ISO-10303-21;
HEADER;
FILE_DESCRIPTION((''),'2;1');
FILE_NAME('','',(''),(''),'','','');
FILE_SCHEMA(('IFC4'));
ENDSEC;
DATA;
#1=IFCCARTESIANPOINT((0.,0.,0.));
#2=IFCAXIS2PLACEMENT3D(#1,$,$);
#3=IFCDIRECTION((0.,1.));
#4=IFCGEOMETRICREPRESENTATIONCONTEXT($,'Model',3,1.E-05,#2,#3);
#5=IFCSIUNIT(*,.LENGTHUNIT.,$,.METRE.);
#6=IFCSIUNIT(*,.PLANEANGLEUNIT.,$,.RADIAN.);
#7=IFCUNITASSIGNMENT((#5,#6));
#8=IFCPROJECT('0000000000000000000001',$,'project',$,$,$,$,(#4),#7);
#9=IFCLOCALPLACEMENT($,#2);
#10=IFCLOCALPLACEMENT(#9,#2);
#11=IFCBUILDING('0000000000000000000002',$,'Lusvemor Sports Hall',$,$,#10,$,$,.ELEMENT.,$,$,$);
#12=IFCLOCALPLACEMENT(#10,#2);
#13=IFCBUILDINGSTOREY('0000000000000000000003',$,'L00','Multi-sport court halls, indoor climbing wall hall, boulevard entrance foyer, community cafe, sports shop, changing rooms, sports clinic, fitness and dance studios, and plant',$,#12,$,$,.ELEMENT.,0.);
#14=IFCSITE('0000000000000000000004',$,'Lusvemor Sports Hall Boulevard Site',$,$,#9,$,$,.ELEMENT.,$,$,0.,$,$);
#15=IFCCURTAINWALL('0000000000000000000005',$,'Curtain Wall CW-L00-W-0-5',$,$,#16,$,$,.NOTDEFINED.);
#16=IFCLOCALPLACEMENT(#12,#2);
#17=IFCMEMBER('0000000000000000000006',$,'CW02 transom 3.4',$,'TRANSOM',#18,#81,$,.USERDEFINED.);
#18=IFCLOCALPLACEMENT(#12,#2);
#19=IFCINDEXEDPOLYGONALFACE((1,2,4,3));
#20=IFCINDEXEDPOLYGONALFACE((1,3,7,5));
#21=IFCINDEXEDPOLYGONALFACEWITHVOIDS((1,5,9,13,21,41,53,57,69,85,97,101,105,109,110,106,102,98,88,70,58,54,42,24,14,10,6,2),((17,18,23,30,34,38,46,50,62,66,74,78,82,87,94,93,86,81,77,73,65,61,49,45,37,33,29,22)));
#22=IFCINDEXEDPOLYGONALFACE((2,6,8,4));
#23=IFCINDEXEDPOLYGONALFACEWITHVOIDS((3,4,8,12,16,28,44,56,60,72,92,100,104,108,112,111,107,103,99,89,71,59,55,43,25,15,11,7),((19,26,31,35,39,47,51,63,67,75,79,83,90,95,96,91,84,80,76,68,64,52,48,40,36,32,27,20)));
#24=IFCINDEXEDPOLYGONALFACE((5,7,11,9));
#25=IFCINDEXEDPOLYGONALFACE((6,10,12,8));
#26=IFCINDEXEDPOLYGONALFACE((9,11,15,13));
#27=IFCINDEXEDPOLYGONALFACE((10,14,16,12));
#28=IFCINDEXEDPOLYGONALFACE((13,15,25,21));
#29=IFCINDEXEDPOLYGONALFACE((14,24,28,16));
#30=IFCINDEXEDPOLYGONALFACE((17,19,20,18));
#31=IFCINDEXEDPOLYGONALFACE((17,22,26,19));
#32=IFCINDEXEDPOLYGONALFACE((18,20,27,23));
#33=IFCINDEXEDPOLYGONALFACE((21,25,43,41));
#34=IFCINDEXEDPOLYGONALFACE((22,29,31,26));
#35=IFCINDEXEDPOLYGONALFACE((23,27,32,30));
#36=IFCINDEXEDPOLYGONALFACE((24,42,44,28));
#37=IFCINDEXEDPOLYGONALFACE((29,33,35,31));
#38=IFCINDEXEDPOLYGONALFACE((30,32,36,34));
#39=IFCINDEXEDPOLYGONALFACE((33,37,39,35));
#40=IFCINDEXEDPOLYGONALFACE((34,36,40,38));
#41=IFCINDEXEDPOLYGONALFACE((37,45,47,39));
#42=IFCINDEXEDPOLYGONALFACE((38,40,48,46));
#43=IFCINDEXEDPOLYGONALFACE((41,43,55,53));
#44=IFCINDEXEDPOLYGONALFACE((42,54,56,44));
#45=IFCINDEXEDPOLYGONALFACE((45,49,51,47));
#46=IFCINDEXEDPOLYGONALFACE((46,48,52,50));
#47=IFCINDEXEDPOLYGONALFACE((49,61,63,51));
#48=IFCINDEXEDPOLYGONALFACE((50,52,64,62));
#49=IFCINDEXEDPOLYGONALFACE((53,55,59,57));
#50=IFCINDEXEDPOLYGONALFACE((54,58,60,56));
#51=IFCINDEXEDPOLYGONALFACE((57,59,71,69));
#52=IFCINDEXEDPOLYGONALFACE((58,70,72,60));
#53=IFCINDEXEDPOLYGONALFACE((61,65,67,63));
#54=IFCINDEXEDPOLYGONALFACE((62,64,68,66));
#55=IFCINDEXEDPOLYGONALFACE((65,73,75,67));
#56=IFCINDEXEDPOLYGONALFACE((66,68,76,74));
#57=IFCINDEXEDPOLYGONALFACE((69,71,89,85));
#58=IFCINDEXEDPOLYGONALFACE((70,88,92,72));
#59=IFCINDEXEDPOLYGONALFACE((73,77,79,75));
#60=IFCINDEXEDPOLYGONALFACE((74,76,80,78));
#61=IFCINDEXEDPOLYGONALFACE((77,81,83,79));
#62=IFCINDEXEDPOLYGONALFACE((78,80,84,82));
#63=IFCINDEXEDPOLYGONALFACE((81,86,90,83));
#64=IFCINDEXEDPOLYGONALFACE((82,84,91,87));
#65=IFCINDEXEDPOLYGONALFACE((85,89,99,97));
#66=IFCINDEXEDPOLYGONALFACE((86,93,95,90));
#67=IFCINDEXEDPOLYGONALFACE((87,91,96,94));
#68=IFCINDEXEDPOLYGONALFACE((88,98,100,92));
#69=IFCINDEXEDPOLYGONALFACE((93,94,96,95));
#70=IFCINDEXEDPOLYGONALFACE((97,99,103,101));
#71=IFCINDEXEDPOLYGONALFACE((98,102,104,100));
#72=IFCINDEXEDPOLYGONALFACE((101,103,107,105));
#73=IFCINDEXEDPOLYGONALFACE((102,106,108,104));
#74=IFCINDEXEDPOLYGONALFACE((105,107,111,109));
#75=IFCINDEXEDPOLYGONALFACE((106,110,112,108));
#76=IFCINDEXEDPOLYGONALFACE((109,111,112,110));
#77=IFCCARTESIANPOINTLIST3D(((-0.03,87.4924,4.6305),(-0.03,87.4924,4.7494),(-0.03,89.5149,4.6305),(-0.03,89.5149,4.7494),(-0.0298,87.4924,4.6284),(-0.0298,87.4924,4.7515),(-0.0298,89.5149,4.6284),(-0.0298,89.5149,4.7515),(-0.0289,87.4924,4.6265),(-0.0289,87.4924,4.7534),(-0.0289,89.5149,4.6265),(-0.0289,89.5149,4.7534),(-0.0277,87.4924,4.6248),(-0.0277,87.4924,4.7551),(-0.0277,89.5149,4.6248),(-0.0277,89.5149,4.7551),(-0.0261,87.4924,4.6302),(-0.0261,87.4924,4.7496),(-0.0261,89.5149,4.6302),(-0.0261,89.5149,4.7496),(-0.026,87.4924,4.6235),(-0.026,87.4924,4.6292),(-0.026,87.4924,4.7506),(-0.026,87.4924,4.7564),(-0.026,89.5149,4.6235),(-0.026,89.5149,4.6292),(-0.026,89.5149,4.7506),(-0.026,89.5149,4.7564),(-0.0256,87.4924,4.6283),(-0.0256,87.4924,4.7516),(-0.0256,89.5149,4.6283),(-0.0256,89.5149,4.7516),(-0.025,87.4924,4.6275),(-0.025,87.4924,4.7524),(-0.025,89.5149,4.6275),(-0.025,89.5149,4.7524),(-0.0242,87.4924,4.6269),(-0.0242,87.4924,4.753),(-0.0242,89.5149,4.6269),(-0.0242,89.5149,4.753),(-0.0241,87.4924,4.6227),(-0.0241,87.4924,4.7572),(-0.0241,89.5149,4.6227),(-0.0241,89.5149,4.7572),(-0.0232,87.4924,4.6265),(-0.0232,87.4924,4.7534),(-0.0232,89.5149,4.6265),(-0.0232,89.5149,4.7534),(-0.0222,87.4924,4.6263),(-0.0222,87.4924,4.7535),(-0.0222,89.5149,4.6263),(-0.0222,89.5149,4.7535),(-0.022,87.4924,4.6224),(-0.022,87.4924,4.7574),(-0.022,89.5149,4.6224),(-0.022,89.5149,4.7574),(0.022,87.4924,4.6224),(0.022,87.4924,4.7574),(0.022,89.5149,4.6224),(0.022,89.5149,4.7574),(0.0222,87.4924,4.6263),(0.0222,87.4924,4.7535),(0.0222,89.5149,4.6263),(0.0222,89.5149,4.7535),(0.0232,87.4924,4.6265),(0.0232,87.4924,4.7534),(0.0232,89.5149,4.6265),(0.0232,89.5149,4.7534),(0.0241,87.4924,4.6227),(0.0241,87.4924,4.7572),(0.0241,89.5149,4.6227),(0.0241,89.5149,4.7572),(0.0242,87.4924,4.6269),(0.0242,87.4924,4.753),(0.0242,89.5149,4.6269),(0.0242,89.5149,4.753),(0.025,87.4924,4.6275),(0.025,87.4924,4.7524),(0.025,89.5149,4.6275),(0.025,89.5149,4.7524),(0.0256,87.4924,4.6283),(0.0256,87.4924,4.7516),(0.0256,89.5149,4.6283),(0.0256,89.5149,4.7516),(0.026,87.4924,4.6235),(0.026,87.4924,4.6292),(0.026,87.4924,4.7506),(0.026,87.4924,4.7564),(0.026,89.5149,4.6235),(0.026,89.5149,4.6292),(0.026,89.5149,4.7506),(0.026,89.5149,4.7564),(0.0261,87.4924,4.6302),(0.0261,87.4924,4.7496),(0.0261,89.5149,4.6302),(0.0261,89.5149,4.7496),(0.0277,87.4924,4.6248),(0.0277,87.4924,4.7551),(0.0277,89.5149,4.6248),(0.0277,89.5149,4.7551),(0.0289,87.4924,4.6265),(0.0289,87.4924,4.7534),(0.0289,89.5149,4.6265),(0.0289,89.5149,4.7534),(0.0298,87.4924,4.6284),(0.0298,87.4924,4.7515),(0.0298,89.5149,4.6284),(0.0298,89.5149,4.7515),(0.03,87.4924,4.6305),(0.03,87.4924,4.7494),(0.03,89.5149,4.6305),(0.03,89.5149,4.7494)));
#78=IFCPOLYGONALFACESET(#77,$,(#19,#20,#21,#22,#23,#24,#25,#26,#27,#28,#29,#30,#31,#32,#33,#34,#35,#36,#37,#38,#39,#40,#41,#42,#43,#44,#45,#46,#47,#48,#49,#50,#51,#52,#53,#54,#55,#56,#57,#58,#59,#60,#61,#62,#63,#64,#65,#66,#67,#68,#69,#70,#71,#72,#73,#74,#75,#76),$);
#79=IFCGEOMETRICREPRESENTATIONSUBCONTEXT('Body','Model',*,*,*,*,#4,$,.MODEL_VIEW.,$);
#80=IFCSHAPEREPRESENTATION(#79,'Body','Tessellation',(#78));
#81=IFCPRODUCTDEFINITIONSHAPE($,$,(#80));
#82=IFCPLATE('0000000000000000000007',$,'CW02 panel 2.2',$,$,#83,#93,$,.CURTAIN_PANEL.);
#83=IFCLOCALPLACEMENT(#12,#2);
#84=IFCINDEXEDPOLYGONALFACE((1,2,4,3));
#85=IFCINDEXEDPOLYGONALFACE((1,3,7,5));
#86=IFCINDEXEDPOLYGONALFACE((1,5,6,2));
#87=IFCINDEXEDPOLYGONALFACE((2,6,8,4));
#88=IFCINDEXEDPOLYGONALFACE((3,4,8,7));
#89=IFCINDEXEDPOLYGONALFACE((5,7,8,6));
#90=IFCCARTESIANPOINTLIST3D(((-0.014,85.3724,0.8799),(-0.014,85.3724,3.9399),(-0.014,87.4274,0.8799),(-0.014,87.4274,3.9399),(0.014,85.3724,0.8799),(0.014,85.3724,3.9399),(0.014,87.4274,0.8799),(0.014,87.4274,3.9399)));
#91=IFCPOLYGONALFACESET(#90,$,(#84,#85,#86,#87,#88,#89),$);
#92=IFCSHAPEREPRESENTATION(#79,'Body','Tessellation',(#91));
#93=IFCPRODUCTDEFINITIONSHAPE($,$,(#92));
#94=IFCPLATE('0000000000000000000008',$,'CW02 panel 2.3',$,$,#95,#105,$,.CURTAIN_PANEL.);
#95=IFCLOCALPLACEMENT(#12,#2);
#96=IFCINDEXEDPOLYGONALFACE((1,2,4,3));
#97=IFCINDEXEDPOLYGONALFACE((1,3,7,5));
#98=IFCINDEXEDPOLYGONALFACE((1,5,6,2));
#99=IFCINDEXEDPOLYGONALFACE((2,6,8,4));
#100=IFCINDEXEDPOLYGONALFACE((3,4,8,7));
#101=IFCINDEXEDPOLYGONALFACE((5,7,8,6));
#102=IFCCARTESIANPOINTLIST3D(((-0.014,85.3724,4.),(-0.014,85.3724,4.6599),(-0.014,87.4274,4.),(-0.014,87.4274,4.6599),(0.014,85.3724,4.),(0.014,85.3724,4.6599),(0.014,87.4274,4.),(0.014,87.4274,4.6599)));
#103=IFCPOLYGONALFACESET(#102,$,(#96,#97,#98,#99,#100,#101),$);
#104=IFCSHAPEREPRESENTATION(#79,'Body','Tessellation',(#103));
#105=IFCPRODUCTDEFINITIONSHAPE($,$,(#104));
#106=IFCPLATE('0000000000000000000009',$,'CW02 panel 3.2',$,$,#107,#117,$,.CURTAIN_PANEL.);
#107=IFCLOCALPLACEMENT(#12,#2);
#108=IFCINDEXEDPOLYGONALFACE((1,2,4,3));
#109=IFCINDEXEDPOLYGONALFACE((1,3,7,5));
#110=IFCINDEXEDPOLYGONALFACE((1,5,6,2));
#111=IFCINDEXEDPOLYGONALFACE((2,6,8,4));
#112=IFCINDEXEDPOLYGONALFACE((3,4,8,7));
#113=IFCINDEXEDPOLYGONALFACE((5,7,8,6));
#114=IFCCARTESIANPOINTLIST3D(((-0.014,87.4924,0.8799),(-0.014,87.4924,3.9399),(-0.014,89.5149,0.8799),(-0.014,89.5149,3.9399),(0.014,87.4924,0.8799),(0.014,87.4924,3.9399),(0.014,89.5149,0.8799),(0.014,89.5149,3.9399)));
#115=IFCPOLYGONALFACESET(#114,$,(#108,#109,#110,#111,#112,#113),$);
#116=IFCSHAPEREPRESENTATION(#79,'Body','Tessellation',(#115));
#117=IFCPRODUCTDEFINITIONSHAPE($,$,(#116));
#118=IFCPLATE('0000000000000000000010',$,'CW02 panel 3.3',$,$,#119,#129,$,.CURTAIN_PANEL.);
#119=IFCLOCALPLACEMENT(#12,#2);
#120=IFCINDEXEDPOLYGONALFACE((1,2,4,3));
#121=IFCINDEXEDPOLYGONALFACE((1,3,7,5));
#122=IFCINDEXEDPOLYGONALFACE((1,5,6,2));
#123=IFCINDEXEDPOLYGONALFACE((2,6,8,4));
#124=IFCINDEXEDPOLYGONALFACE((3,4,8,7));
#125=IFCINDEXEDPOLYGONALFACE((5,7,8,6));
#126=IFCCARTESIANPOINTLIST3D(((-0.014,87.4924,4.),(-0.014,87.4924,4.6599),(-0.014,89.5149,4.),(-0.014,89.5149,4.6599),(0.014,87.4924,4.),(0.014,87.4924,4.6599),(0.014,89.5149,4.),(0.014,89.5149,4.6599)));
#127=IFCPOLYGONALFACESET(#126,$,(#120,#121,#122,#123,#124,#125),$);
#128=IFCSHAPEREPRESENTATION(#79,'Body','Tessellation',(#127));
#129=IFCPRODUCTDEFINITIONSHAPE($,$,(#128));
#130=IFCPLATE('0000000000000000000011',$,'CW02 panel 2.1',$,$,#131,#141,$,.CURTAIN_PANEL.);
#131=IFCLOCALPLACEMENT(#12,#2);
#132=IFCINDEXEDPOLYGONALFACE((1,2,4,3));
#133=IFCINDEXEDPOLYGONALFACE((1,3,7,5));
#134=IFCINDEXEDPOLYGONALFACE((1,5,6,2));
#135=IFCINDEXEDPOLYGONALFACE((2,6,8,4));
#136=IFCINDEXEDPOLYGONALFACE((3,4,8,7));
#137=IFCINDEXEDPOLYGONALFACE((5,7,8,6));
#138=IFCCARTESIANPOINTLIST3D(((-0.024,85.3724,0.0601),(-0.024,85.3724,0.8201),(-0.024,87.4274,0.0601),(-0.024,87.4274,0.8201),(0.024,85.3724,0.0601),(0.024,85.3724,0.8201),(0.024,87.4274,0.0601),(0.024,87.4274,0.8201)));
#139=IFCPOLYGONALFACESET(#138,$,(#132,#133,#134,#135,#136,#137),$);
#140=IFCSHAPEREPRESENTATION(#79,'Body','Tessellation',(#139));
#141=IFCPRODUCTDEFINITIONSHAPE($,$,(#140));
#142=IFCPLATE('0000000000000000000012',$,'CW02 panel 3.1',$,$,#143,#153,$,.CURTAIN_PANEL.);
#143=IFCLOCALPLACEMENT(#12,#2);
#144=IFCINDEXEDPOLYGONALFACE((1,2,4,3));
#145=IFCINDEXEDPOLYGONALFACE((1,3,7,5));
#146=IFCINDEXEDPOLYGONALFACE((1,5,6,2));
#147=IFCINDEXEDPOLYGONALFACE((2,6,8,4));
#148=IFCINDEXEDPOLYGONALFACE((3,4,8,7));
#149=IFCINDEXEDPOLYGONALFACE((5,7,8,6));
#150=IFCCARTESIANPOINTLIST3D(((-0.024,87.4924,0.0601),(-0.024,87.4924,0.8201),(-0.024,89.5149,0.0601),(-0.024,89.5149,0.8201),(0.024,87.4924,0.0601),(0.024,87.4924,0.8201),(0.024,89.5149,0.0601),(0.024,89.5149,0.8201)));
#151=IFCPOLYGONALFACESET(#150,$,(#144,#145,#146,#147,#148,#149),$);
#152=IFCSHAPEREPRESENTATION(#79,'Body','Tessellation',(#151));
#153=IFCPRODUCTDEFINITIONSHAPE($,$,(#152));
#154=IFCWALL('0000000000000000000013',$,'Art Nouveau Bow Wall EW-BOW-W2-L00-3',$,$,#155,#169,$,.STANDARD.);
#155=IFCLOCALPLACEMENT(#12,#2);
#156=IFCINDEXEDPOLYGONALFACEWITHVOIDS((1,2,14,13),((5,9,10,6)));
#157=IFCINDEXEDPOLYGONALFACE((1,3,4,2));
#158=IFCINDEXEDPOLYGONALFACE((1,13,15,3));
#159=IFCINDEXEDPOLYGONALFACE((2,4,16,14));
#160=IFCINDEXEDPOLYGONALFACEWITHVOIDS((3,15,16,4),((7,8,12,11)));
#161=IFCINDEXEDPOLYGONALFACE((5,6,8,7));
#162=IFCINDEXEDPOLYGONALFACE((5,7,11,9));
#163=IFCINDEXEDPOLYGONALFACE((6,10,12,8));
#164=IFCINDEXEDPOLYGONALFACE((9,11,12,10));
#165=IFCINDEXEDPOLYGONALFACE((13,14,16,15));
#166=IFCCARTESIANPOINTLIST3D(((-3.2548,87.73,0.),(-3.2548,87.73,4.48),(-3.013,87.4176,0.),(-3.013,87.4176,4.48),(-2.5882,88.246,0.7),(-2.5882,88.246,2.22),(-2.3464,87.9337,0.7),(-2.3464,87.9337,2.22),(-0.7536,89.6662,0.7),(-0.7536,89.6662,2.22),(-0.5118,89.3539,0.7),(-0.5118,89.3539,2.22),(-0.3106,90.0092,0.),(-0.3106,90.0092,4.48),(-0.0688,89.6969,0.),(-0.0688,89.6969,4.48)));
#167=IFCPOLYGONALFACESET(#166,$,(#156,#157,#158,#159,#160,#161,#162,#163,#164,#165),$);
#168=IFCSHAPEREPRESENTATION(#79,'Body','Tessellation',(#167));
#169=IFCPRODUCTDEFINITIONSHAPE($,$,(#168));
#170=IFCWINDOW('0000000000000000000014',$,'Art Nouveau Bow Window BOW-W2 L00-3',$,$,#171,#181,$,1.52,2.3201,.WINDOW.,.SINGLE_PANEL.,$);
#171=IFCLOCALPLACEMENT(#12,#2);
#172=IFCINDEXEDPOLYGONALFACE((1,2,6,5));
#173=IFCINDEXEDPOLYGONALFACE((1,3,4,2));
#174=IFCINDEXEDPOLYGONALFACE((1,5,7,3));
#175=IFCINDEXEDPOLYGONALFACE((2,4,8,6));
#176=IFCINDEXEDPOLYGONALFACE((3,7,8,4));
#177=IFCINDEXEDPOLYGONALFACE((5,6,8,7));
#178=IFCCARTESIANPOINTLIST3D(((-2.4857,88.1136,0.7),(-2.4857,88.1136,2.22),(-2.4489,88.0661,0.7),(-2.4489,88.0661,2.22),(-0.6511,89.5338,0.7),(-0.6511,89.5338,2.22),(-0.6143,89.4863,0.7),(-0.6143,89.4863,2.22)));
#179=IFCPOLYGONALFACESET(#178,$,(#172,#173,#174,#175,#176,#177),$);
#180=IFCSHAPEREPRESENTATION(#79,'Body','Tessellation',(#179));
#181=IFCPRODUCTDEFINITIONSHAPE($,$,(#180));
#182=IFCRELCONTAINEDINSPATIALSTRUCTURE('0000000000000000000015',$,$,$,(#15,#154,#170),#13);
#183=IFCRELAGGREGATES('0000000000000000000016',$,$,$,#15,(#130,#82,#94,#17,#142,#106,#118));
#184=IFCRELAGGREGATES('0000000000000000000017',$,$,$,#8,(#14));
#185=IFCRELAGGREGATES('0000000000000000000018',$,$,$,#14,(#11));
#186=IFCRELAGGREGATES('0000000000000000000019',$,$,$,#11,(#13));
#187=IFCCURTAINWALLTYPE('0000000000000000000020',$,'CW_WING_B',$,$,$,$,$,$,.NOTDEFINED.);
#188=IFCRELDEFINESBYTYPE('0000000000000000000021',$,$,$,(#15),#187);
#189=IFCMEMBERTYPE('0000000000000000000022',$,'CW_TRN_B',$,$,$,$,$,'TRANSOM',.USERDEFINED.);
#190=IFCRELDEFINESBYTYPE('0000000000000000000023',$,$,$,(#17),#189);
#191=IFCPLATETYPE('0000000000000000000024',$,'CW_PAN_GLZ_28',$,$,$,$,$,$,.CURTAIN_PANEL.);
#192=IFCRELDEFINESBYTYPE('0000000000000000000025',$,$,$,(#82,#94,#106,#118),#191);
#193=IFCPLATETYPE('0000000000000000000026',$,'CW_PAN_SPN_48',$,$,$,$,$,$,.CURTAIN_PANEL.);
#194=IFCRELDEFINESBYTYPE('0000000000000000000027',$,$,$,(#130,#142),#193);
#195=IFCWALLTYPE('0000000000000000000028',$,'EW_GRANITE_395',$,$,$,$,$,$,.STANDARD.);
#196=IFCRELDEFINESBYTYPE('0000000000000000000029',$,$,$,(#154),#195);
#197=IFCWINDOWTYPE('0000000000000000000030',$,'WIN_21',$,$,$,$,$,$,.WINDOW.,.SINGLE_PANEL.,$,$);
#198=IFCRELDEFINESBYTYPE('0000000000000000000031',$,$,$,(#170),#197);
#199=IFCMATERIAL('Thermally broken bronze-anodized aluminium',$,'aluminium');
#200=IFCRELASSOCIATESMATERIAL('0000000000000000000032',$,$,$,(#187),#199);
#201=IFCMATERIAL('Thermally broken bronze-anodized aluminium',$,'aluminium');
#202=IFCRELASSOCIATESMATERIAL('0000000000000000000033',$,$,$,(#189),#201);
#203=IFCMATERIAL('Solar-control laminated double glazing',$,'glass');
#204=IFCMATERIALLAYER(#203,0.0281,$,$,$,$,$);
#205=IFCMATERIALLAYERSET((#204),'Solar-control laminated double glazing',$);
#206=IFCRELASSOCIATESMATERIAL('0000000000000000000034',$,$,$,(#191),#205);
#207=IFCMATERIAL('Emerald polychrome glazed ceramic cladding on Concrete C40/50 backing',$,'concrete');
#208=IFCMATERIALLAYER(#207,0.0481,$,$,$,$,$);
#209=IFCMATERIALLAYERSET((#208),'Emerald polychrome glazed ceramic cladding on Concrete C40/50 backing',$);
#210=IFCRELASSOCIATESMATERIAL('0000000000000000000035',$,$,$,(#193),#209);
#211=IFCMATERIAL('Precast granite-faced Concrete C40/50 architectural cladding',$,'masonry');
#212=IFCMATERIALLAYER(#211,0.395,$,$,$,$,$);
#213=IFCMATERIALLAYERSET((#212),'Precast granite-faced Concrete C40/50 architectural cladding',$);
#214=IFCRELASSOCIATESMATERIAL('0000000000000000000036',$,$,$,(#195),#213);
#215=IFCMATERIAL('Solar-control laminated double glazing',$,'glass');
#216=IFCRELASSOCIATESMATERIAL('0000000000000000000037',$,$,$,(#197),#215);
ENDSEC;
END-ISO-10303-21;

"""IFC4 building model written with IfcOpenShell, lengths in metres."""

from ifc_helpers import new_model, si_unit, direction, frame, frame_2d, origin, origin_2d, place, context, subcontext, project, spatial, rectangle, hollow_rectangle, extrude, material, layer, layer_set, material_profile, profile_set, type_object, element, fill, aggregate, save


model = new_model("IFC4")

# Units and contexts
model_context = context("Model", 3, precision=1e-05, world=origin(), true_north=direction((0.0, 1.0)))
body_context = subcontext(model_context, "Body", "Model", "MODEL_VIEW")
ifc_project = project(units=[si_unit("LENGTHUNIT", "METRE"), si_unit("PLANEANGLEUNIT", "RADIAN")], contexts=[model_context])

# Site, building, storey
site_placement = place(None, origin())
site = spatial("IfcSite", under=ifc_project, at=site_placement, Name="Lusvemor Sports Hall Boulevard Site", CompositionType="ELEMENT", RefElevation=0.0)
building_placement = place(site_placement, origin())
building = spatial("IfcBuilding", under=site, at=building_placement, Name="Lusvemor Sports Hall", CompositionType="ELEMENT")
storey_placement = place(building_placement, origin())
storey = spatial("IfcBuildingStorey", under=building, at=storey_placement, Name="L00", Description="Multi-sport court halls, indoor climbing wall hall, boulevard entrance foyer, community cafe, sports shop, changing rooms, sports clinic, fitness and dance studios, and plant", CompositionType="ELEMENT", Elevation=0.0)

# Curtain wall, member, plates
ifc_material_1 = material(Name="Thermally broken bronze-anodized aluminium", Category="aluminium")
curtain_wall_type = type_object("IfcCurtainWallType", Name="CW_WING_B", PredefinedType="NOTDEFINED", material=ifc_material_1)
curtain_wall_placement = place(storey_placement, origin())
curtain_wall = element("IfcCurtainWall", 1, at=curtain_wall_placement, inside=storey, type_object=curtain_wall_type, Name="Curtain Wall CW-L00-W-0-5", PredefinedType="NOTDEFINED")
ifc_material_2 = material(Name="Thermally broken bronze-anodized aluminium", Category="aluminium")
ifc_material_profile_1 = material_profile(ifc_material_2, hollow_rectangle(XDim=0.0601, YDim=0.135, WallThickness=0.0039, InnerFilletRadius=0.0039, OuterFilletRadius=0.0081, at=origin_2d()), Name="CWTRN135x60x4")
ifc_profile_set_1 = profile_set([ifc_material_profile_1], Name="Thermally broken bronze-anodized aluminium")
member_type_1 = type_object("IfcMemberType", Name="CW_TRN_B", ElementType="TRANSOM", PredefinedType="USERDEFINED", material=ifc_profile_set_1)
member_1_placement = place(storey_placement, frame((0.0, 87.4924, 4.6899), z_axis=(0.0, 1.0, 0.0), x_axis=(-1.0, 0.0, 0.0)))
member_1 = element("IfcMember", 2, at=member_1_placement, type_object=member_type_1, Name="CW02 transom 3.4", ObjectType="TRANSOM", PredefinedType="USERDEFINED", context=body_context, shape_type="SweptSolid", body=[
    extrude(hollow_rectangle(XDim=0.0601, YDim=0.135, WallThickness=0.0039, InnerFilletRadius=0.0039, OuterFilletRadius=0.0081, at=origin_2d()), origin(), (0.0, 0.0, 1.0), 2.0225),
])
ifc_material_3 = material(Name="Solar-control laminated double glazing", Category="glass")
ifc_layer_1 = layer(ifc_material_3, 0.0281)
ifc_layer_set_1 = layer_set([ifc_layer_1], Name="Solar-control laminated double glazing")
plate_type_1 = type_object("IfcPlateType", Name="CW_PAN_GLZ_28", PredefinedType="CURTAIN_PANEL", material=ifc_layer_set_1)
plate_1_placement = place(storey_placement, frame((0.0, 86.3999, 0.8799), z_axis=(0.0, 0.0, 1.0), x_axis=(0.0, 1.0, 0.0)))
plate_1 = element("IfcPlate", 3, at=plate_1_placement, type_object=plate_type_1, Name="CW02 panel 2.2", PredefinedType="CURTAIN_PANEL", context=body_context, shape_type="SweptSolid", body=[
    extrude(rectangle(XDim=2.0549, YDim=0.0281, at=origin_2d()), origin(), (0.0, 0.0, 1.0), 3.0601),
])
plate_2_placement = place(storey_placement, frame((0.0, 86.3999, 4.0), z_axis=(0.0, 0.0, 1.0), x_axis=(0.0, 1.0, 0.0)))
plate_2 = element("IfcPlate", 4, at=plate_2_placement, type_object=plate_type_1, Name="CW02 panel 2.3", PredefinedType="CURTAIN_PANEL", context=body_context, shape_type="SweptSolid", body=[
    extrude(rectangle(XDim=2.0549, YDim=0.0281, at=origin_2d()), origin(), (0.0, 0.0, 1.0), 0.6599),
])
plate_3_placement = place(storey_placement, frame((0.0, 88.5037, 0.8799), z_axis=(0.0, 0.0, 1.0), x_axis=(0.0, 1.0, 0.0)))
plate_3 = element("IfcPlate", 5, at=plate_3_placement, type_object=plate_type_1, Name="CW02 panel 3.2", PredefinedType="CURTAIN_PANEL", context=body_context, shape_type="SweptSolid", body=[
    extrude(rectangle(XDim=2.0225, YDim=0.0281, at=origin_2d()), origin(), (0.0, 0.0, 1.0), 3.0601),
])
plate_4_placement = place(storey_placement, frame((0.0, 88.5037, 4.0), z_axis=(0.0, 0.0, 1.0), x_axis=(0.0, 1.0, 0.0)))
plate_4 = element("IfcPlate", 6, at=plate_4_placement, type_object=plate_type_1, Name="CW02 panel 3.3", PredefinedType="CURTAIN_PANEL", context=body_context, shape_type="SweptSolid", body=[
    extrude(rectangle(XDim=2.0225, YDim=0.0281, at=origin_2d()), origin(), (0.0, 0.0, 1.0), 0.6599),
])
ifc_material_4 = material(Name="Emerald polychrome glazed ceramic cladding on Concrete C40/50 backing", Category="concrete")
ifc_layer_2 = layer(ifc_material_4, 0.0481)
ifc_layer_set_2 = layer_set([ifc_layer_2], Name="Emerald polychrome glazed ceramic cladding on Concrete C40/50 backing")
plate_type_2 = type_object("IfcPlateType", Name="CW_PAN_SPN_48", PredefinedType="CURTAIN_PANEL", material=ifc_layer_set_2)
plate_5_placement = place(storey_placement, frame((0.0, 86.3999, 0.0601), z_axis=(0.0, 0.0, 1.0), x_axis=(0.0, 1.0, 0.0)))
plate_5 = element("IfcPlate", 7, at=plate_5_placement, type_object=plate_type_2, Name="CW02 panel 2.1", PredefinedType="CURTAIN_PANEL", context=body_context, shape_type="SweptSolid", body=[
    extrude(rectangle(XDim=2.0549, YDim=0.0481, at=origin_2d()), origin(), (0.0, 0.0, 1.0), 0.76),
])
plate_6_placement = place(storey_placement, frame((0.0, 88.5037, 0.0601), z_axis=(0.0, 0.0, 1.0), x_axis=(0.0, 1.0, 0.0)))
plate_6 = element("IfcPlate", 8, at=plate_6_placement, type_object=plate_type_2, Name="CW02 panel 3.1", PredefinedType="CURTAIN_PANEL", context=body_context, shape_type="SweptSolid", body=[
    extrude(rectangle(XDim=2.0225, YDim=0.0481, at=origin_2d()), origin(), (0.0, 0.0, 1.0), 0.76),
])
aggregate(curtain_wall, [plate_5, plate_1, plate_2, member_1, plate_6, plate_3, plate_4])

# Wall, opening, window
ifc_material_5 = material(Name="Precast granite-faced Concrete C40/50 architectural cladding", Category="masonry")
ifc_layer_3 = layer(ifc_material_5, 0.395)
ifc_layer_set_3 = layer_set([ifc_layer_3], Name="Precast granite-faced Concrete C40/50 architectural cladding")
wall_type = type_object("IfcWallType", Name="EW_GRANITE_395", PredefinedType="STANDARD", material=ifc_layer_set_3)
wall_placement = place(storey_placement, frame((-3.134, 87.5737, 0.0), z_axis=(0.0, 0.0, 1.0), x_axis=(0.790748, 0.612141, 0.0)))
wall = element("IfcWall", 9, at=wall_placement, inside=storey, type_object=wall_type, Name="Art Nouveau Bow Wall EW-BOW-W2-L00-3", PredefinedType="STANDARD", context=body_context, shape_type="SweptSolid", body=[
    extrude(rectangle(XDim=3.7234, YDim=0.395, at=frame_2d((1.8618, 0.0))), origin(), (0.0, 0.0, 1.0), 4.48),
])
opening_placement = place(wall_placement, frame((0.843, 0.0, 0.7)))
opening = element("IfcOpeningElement", 10, at=opening_placement, cuts=wall, PredefinedType="OPENING", context=body_context, shape_type="SweptSolid", body=[
    extrude(rectangle(XDim=2.3201, YDim=1.52, at=frame_2d((1.1602, 0.76))), frame((0.0, 0.1975, 0.0), z_axis=(0.0, -1.0, 0.0), x_axis=(1.0, 0.0, 0.0)), (0.0, 0.0, 1.0), 0.395),
])
ifc_material_6 = material(Name="Solar-control laminated double glazing", Category="glass")
window_type = type_object("IfcWindowType", Name="WIN_21", PartitioningType="SINGLE_PANEL", PredefinedType="WINDOW", material=ifc_material_6)
window_placement = place(opening_placement, origin())
window = element("IfcWindow", 11, at=window_placement, inside=storey, type_object=window_type, Name="Art Nouveau Bow Window BOW-W2 L00-3", OverallHeight=1.52, OverallWidth=2.3201, PartitioningType="SINGLE_PANEL", PredefinedType="WINDOW", context=body_context, shape_type="SweptSolid", body=[
    extrude(rectangle(XDim=2.3201, YDim=1.52, at=frame_2d((1.1602, 0.76))), frame((0.0, 0.03, 0.0), z_axis=(0.0, -1.0, 0.0), x_axis=(1.0, 0.0, 0.0)), (0.0, 0.0, 1.0), 0.0601),
])
fill(opening, window)

save(model, "model.ifc")
